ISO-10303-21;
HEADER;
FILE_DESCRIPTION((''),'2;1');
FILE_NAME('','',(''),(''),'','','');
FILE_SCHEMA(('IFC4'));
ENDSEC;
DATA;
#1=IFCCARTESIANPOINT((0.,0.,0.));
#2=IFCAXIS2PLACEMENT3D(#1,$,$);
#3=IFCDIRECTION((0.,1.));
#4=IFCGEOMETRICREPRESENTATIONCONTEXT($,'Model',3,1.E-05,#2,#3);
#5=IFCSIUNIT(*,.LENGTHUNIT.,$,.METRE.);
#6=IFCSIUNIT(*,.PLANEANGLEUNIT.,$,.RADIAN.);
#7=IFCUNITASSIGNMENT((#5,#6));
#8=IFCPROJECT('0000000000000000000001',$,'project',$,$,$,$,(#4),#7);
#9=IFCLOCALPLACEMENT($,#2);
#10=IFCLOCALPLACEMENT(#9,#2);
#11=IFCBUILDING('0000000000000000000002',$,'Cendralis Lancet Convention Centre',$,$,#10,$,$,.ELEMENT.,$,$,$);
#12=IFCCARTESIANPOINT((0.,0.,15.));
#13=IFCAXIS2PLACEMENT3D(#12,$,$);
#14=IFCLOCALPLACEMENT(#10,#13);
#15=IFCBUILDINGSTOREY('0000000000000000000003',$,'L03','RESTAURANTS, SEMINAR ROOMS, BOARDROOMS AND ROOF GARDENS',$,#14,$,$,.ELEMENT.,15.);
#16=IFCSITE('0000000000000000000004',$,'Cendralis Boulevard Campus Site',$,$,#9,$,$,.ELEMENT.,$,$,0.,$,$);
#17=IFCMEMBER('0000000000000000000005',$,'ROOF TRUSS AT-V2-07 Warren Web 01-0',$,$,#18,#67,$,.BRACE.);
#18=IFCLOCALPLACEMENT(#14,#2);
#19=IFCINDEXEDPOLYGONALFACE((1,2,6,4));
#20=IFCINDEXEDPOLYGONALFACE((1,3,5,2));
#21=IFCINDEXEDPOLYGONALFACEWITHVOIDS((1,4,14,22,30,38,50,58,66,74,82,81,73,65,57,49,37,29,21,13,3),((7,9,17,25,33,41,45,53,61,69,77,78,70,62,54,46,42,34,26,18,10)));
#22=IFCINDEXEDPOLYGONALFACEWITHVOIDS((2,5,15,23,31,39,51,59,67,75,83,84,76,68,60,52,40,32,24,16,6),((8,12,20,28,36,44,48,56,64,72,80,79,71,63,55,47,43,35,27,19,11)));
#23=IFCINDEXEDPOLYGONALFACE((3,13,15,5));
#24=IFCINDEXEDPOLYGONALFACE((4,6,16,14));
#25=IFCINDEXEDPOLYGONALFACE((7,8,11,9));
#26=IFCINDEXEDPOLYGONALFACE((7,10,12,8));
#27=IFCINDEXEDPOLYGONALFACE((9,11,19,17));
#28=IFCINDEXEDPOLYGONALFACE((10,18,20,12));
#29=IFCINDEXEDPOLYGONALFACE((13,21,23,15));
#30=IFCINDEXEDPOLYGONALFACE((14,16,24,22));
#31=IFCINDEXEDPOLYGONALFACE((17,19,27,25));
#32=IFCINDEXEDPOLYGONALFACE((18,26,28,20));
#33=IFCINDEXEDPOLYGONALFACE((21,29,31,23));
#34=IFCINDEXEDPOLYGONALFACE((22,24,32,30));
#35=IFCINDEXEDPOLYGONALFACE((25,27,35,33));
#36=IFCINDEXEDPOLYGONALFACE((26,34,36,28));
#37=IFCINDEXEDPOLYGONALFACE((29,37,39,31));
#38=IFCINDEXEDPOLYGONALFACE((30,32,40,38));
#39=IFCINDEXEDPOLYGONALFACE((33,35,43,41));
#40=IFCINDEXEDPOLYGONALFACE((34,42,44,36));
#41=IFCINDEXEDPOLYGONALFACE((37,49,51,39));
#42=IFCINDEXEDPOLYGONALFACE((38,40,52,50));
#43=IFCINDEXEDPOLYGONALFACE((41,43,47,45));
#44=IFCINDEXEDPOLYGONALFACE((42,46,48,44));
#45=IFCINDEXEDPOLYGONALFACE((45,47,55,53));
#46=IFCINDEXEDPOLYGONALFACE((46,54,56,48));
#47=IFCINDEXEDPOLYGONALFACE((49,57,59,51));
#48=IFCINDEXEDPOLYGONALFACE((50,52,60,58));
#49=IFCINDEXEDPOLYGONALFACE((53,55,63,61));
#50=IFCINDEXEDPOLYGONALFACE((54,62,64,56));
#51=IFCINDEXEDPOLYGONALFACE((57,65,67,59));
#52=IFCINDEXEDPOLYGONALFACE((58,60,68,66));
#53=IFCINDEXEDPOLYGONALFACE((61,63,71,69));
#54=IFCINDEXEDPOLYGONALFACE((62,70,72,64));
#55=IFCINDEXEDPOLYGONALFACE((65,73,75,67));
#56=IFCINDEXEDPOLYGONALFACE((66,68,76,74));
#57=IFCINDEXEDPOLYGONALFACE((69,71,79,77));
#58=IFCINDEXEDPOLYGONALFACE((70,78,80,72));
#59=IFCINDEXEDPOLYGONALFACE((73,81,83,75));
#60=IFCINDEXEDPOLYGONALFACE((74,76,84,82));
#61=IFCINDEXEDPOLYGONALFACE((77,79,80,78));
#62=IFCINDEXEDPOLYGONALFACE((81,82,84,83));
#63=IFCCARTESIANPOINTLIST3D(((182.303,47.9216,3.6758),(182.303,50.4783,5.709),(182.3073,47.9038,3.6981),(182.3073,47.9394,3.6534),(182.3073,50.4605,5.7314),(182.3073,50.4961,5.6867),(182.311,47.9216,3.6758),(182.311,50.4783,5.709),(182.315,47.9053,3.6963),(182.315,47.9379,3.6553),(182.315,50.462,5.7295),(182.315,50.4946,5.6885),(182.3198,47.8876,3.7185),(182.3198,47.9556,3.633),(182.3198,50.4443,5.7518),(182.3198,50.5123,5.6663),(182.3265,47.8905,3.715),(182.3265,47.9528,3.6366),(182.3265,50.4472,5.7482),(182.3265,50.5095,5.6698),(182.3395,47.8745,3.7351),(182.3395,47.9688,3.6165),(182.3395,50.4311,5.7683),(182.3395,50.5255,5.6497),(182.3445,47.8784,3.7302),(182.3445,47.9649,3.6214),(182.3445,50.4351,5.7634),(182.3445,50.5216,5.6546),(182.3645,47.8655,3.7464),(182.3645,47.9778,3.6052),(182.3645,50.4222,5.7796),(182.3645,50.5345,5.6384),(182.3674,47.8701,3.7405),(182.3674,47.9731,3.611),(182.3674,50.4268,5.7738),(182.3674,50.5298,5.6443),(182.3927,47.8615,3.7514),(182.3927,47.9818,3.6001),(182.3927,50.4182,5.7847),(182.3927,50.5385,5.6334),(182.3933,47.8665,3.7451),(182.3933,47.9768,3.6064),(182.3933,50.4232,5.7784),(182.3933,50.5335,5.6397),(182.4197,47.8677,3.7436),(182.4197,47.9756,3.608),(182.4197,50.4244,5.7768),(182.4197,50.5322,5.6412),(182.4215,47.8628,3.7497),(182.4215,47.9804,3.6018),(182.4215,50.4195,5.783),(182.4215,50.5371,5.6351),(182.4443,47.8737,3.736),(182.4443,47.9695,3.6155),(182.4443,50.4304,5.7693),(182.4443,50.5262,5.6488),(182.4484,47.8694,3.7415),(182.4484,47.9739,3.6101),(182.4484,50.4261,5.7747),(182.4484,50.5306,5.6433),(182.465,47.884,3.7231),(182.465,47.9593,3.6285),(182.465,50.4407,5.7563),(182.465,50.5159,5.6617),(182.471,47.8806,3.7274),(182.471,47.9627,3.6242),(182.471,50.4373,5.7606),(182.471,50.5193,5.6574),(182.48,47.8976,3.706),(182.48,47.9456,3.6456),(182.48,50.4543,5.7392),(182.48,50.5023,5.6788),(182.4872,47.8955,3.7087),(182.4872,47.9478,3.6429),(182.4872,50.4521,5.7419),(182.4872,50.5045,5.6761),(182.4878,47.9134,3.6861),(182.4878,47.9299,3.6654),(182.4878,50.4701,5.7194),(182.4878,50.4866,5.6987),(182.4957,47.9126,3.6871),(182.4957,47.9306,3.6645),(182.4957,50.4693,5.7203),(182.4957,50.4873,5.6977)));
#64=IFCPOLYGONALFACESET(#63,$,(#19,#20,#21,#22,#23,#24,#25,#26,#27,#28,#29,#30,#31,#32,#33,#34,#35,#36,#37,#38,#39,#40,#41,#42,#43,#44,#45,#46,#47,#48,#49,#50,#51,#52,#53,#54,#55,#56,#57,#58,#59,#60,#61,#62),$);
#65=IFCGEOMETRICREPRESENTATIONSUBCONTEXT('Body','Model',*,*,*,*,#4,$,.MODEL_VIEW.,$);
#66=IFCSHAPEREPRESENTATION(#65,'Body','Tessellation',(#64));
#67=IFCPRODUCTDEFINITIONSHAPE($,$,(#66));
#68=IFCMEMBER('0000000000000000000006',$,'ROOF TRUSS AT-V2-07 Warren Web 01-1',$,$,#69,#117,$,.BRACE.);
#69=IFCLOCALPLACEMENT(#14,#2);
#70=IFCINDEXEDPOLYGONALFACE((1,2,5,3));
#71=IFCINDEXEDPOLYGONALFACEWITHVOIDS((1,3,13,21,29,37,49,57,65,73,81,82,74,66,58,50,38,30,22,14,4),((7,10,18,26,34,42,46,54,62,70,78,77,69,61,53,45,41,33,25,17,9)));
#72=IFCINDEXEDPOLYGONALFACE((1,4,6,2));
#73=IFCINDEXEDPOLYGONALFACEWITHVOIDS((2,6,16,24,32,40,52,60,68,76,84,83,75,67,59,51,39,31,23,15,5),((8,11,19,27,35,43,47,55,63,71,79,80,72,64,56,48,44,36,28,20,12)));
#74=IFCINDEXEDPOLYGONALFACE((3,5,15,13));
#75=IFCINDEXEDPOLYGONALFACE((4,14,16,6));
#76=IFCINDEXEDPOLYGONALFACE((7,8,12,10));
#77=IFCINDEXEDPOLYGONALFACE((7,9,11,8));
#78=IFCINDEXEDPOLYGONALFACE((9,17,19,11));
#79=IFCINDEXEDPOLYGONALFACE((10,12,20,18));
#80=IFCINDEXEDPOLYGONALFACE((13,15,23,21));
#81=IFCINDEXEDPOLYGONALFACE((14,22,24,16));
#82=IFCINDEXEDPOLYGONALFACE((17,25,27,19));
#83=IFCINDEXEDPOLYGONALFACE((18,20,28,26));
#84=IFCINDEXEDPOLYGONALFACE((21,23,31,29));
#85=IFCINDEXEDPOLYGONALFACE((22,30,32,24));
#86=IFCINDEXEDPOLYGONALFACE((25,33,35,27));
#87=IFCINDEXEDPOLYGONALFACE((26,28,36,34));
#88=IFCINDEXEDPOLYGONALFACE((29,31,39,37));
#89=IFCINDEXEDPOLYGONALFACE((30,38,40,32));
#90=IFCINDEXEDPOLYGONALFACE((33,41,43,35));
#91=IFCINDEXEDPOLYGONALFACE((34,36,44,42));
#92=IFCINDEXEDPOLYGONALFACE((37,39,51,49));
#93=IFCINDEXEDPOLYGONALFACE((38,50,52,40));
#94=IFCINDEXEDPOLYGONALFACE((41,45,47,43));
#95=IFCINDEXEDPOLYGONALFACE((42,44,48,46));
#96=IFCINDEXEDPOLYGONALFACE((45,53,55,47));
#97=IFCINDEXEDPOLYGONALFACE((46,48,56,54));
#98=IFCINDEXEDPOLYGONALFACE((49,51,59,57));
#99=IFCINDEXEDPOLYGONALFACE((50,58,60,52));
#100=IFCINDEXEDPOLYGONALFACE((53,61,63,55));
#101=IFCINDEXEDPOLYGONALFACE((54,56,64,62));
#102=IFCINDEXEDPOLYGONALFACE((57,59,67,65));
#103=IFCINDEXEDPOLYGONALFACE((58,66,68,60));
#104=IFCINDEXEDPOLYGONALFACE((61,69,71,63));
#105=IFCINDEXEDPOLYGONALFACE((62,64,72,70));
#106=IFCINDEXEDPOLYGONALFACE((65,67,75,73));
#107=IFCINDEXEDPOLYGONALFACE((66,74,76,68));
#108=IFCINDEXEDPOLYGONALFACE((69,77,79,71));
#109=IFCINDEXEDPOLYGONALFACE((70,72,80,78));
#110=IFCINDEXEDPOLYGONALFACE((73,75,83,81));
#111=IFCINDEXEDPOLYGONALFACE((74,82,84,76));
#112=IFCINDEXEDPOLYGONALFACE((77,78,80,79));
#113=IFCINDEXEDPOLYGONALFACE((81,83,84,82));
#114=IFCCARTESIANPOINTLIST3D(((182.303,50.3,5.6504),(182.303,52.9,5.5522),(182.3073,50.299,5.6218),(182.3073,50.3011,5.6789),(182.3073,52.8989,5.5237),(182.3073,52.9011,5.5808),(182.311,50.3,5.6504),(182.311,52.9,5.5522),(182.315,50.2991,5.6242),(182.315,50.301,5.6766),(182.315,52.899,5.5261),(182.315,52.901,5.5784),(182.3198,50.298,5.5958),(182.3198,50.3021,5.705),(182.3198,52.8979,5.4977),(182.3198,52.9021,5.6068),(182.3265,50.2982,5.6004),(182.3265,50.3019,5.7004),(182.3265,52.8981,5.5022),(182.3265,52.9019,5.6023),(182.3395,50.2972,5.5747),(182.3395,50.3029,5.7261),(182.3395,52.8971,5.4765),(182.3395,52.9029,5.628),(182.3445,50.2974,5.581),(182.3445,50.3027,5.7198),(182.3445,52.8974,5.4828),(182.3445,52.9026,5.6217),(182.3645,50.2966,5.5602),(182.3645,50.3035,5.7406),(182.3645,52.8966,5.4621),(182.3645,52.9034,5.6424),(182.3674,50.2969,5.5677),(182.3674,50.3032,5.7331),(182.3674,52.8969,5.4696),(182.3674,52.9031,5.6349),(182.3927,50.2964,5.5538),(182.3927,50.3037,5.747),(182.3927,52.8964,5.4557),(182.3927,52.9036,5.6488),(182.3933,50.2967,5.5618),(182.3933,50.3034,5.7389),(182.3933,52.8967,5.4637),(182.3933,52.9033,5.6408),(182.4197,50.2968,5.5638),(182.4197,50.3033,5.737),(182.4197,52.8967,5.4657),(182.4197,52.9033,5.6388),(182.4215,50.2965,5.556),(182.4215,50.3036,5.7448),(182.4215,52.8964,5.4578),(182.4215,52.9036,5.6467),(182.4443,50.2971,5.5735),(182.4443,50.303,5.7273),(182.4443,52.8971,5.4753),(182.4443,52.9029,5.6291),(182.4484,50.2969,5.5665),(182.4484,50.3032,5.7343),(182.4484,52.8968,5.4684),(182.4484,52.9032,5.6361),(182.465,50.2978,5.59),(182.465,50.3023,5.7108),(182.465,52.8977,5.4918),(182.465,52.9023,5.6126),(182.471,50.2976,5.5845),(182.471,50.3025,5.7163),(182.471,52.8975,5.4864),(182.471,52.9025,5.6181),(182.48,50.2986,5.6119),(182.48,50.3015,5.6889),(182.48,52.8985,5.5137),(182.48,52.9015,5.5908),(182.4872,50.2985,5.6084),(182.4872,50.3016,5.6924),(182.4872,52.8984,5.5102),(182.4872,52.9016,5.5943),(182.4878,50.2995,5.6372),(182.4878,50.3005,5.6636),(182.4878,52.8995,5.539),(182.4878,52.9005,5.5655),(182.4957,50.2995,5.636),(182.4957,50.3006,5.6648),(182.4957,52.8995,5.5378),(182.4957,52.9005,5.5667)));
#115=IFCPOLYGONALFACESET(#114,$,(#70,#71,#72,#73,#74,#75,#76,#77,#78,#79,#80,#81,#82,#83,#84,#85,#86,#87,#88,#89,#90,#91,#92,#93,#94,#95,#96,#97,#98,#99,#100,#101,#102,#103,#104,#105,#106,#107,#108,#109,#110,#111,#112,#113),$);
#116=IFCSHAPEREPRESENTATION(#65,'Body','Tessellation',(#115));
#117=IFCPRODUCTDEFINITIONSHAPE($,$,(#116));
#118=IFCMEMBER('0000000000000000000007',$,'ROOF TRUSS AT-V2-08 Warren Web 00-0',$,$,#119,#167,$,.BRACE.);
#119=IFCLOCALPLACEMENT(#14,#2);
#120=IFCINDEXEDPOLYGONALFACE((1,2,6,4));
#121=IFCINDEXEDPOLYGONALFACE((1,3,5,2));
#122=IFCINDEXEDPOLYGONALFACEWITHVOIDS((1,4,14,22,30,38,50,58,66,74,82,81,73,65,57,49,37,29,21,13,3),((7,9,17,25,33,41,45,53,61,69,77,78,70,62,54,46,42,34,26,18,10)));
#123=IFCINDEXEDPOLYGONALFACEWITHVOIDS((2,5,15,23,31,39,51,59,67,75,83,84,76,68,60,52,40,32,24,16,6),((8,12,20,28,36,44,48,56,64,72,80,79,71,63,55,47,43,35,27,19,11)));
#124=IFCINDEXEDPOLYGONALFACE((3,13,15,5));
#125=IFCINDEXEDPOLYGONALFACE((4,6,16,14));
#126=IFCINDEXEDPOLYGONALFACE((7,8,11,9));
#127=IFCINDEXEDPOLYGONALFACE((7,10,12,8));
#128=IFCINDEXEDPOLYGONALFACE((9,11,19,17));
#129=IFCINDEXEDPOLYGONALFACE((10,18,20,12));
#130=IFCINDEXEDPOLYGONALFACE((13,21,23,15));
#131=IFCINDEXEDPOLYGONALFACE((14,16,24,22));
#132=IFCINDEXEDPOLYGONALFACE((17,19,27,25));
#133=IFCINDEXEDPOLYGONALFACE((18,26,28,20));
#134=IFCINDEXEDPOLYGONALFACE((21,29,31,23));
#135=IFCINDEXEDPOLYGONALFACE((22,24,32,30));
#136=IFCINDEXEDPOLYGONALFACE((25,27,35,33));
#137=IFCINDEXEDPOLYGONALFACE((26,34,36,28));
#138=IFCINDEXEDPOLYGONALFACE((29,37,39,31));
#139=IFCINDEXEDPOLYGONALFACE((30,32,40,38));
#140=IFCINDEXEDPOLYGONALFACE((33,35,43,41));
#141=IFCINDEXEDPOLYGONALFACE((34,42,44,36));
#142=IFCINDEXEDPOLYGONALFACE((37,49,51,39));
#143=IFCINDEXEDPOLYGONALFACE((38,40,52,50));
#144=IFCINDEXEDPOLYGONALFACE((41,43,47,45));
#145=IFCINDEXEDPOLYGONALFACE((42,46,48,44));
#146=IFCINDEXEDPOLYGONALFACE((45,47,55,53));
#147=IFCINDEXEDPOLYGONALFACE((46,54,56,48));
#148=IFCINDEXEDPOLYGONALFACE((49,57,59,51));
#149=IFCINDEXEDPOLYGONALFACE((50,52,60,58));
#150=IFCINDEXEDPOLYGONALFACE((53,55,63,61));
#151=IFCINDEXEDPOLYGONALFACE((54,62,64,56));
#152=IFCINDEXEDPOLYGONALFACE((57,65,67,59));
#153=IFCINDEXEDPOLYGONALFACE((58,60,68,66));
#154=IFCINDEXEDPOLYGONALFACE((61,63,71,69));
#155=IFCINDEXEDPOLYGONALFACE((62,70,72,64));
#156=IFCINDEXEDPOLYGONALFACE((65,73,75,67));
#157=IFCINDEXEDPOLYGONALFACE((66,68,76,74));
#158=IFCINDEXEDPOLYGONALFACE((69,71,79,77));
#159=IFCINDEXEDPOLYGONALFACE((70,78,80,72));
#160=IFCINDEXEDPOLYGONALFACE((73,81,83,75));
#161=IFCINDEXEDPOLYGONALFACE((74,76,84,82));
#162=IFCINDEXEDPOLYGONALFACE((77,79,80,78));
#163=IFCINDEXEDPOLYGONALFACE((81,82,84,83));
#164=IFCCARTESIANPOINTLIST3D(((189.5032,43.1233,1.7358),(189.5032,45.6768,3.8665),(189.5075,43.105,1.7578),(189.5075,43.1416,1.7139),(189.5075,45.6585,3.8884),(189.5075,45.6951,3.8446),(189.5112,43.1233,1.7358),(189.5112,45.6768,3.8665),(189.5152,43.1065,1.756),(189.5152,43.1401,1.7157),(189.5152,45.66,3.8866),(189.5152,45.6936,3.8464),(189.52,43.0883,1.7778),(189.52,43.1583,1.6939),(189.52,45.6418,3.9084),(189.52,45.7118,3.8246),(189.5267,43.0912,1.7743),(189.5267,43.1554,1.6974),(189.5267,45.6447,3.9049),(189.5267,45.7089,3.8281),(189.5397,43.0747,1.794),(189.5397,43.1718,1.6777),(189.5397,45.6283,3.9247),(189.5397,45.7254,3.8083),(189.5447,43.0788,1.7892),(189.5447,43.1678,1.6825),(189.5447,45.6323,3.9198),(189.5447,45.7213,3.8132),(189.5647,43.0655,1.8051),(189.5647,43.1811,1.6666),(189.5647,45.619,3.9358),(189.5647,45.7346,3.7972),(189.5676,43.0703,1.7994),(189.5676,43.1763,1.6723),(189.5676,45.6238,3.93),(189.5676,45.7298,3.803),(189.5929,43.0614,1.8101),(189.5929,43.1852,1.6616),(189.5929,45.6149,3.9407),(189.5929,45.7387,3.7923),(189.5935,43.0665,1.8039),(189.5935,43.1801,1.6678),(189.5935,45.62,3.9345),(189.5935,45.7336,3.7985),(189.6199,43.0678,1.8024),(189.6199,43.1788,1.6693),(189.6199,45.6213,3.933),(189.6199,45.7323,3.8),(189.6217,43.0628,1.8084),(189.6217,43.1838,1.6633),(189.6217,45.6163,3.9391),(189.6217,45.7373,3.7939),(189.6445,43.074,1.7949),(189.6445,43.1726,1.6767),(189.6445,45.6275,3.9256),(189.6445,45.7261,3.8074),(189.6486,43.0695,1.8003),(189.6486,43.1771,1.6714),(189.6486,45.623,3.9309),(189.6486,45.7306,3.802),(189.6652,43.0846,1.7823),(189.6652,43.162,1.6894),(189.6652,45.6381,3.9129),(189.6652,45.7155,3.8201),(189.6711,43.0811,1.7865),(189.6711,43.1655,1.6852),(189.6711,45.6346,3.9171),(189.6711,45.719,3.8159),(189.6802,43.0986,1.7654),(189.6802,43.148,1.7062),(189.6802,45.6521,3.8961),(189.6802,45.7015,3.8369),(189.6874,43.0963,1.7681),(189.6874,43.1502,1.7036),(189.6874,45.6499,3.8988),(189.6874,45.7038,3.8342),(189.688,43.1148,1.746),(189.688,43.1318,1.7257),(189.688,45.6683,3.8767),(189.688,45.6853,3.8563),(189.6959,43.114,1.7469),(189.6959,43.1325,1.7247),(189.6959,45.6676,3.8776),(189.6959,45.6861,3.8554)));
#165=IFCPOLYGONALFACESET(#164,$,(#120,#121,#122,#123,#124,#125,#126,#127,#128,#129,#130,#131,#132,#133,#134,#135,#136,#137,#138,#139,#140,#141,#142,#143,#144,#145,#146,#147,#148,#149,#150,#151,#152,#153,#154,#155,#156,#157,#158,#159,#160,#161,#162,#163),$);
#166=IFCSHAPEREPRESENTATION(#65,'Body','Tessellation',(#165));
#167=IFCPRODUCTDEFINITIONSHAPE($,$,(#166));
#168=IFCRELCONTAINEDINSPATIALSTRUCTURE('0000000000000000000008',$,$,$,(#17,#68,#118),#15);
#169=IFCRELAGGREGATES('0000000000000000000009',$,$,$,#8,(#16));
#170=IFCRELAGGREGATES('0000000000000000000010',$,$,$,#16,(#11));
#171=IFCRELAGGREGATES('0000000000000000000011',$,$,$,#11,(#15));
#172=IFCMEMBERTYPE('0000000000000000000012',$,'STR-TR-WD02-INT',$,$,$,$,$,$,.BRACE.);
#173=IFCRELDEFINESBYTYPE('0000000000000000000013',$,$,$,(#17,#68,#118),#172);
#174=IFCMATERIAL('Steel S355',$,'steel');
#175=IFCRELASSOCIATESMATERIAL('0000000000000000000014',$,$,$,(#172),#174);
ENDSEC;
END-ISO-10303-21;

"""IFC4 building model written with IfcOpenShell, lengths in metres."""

from ifc_helpers import new_model, si_unit, direction, frame, origin, origin_2d, place, context, subcontext, project, spatial, hollow_circle, extrude, material, material_profile, profile_set, type_object, element, save


model = new_model("IFC4")

# Units and contexts
model_context = context("Model", 3, precision=1e-05, world=origin(), true_north=direction((0.0, 1.0)))
body_context = subcontext(model_context, "Body", "Model", "MODEL_VIEW")
ifc_project = project(units=[si_unit("LENGTHUNIT", "METRE"), si_unit("PLANEANGLEUNIT", "RADIAN")], contexts=[model_context])

# Site, building, storey
site_placement = place(None, origin())
site = spatial("IfcSite", under=ifc_project, at=site_placement, Name="Cendralis Boulevard Campus Site", CompositionType="ELEMENT", RefElevation=0.0)
building_placement = place(site_placement, origin())
building = spatial("IfcBuilding", under=site, at=building_placement, Name="Cendralis Lancet Convention Centre", CompositionType="ELEMENT")
storey_placement = place(building_placement, frame((0.0, 0.0, 15.0)))
storey = spatial("IfcBuildingStorey", under=building, at=storey_placement, Name="L03", Description="RESTAURANTS, SEMINAR ROOMS, BOARDROOMS AND ROOF GARDENS", CompositionType="ELEMENT", Elevation=15.0)

# Shared definitions
ifc_material_1 = material(Name="Steel S355", Category="steel")

# Members
ifc_material_profile_1 = material_profile(ifc_material_1, hollow_circle(Radius=0.0969, WallThickness=0.0081, at=origin_2d()), Name="CHS 193.7x8.0")
ifc_profile_set_1 = profile_set([ifc_material_profile_1], Name="Steel S355")
member_type_1 = type_object("IfcMemberType", Name="STR-TR-WD02-INT", PredefinedType="BRACE", material=ifc_profile_set_1)
member_1_placement = place(storey_placement, frame((182.3999, 47.9216, 3.6758), z_axis=(0.0, 0.782674, 0.622432), x_axis=(-1.0, 0.0, 0.0)))
element("IfcMember", 1, at=member_1_placement, inside=storey, type_object=member_type_1, Name="ROOF TRUSS AT-V2-07 Warren Web 01-0", PredefinedType="BRACE", context=body_context, shape_type="SweptSolid", body=[
    extrude(hollow_circle(Radius=0.0969, WallThickness=0.0081, at=origin_2d()), origin(), (0.0, 0.0, 1.0), 3.2666),
])
member_2_placement = place(storey_placement, frame((182.3999, 50.3, 5.6504), z_axis=(0.0, 0.999288, -0.037723), x_axis=(-1.0, 0.0, 0.0)))
element("IfcMember", 2, at=member_2_placement, inside=storey, type_object=member_type_1, Name="ROOF TRUSS AT-V2-07 Warren Web 01-1", PredefinedType="BRACE", context=body_context, shape_type="SweptSolid", body=[
    extrude(hollow_circle(Radius=0.0969, WallThickness=0.0081, at=origin_2d()), origin(), (0.0, 0.0, 1.0), 2.6018),
])
member_3_placement = place(storey_placement, frame((189.6001, 43.1233, 1.7358), z_axis=(0.0, 0.767818, 0.640668), x_axis=(-1.0, 0.0, 0.0)))
element("IfcMember", 3, at=member_3_placement, inside=storey, type_object=member_type_1, Name="ROOF TRUSS AT-V2-08 Warren Web 00-0", PredefinedType="BRACE", context=body_context, shape_type="SweptSolid", body=[
    extrude(hollow_circle(Radius=0.0969, WallThickness=0.0081, at=origin_2d()), origin(), (0.0, 0.0, 1.0), 3.3257),
])

save(model, "model.ifc")
